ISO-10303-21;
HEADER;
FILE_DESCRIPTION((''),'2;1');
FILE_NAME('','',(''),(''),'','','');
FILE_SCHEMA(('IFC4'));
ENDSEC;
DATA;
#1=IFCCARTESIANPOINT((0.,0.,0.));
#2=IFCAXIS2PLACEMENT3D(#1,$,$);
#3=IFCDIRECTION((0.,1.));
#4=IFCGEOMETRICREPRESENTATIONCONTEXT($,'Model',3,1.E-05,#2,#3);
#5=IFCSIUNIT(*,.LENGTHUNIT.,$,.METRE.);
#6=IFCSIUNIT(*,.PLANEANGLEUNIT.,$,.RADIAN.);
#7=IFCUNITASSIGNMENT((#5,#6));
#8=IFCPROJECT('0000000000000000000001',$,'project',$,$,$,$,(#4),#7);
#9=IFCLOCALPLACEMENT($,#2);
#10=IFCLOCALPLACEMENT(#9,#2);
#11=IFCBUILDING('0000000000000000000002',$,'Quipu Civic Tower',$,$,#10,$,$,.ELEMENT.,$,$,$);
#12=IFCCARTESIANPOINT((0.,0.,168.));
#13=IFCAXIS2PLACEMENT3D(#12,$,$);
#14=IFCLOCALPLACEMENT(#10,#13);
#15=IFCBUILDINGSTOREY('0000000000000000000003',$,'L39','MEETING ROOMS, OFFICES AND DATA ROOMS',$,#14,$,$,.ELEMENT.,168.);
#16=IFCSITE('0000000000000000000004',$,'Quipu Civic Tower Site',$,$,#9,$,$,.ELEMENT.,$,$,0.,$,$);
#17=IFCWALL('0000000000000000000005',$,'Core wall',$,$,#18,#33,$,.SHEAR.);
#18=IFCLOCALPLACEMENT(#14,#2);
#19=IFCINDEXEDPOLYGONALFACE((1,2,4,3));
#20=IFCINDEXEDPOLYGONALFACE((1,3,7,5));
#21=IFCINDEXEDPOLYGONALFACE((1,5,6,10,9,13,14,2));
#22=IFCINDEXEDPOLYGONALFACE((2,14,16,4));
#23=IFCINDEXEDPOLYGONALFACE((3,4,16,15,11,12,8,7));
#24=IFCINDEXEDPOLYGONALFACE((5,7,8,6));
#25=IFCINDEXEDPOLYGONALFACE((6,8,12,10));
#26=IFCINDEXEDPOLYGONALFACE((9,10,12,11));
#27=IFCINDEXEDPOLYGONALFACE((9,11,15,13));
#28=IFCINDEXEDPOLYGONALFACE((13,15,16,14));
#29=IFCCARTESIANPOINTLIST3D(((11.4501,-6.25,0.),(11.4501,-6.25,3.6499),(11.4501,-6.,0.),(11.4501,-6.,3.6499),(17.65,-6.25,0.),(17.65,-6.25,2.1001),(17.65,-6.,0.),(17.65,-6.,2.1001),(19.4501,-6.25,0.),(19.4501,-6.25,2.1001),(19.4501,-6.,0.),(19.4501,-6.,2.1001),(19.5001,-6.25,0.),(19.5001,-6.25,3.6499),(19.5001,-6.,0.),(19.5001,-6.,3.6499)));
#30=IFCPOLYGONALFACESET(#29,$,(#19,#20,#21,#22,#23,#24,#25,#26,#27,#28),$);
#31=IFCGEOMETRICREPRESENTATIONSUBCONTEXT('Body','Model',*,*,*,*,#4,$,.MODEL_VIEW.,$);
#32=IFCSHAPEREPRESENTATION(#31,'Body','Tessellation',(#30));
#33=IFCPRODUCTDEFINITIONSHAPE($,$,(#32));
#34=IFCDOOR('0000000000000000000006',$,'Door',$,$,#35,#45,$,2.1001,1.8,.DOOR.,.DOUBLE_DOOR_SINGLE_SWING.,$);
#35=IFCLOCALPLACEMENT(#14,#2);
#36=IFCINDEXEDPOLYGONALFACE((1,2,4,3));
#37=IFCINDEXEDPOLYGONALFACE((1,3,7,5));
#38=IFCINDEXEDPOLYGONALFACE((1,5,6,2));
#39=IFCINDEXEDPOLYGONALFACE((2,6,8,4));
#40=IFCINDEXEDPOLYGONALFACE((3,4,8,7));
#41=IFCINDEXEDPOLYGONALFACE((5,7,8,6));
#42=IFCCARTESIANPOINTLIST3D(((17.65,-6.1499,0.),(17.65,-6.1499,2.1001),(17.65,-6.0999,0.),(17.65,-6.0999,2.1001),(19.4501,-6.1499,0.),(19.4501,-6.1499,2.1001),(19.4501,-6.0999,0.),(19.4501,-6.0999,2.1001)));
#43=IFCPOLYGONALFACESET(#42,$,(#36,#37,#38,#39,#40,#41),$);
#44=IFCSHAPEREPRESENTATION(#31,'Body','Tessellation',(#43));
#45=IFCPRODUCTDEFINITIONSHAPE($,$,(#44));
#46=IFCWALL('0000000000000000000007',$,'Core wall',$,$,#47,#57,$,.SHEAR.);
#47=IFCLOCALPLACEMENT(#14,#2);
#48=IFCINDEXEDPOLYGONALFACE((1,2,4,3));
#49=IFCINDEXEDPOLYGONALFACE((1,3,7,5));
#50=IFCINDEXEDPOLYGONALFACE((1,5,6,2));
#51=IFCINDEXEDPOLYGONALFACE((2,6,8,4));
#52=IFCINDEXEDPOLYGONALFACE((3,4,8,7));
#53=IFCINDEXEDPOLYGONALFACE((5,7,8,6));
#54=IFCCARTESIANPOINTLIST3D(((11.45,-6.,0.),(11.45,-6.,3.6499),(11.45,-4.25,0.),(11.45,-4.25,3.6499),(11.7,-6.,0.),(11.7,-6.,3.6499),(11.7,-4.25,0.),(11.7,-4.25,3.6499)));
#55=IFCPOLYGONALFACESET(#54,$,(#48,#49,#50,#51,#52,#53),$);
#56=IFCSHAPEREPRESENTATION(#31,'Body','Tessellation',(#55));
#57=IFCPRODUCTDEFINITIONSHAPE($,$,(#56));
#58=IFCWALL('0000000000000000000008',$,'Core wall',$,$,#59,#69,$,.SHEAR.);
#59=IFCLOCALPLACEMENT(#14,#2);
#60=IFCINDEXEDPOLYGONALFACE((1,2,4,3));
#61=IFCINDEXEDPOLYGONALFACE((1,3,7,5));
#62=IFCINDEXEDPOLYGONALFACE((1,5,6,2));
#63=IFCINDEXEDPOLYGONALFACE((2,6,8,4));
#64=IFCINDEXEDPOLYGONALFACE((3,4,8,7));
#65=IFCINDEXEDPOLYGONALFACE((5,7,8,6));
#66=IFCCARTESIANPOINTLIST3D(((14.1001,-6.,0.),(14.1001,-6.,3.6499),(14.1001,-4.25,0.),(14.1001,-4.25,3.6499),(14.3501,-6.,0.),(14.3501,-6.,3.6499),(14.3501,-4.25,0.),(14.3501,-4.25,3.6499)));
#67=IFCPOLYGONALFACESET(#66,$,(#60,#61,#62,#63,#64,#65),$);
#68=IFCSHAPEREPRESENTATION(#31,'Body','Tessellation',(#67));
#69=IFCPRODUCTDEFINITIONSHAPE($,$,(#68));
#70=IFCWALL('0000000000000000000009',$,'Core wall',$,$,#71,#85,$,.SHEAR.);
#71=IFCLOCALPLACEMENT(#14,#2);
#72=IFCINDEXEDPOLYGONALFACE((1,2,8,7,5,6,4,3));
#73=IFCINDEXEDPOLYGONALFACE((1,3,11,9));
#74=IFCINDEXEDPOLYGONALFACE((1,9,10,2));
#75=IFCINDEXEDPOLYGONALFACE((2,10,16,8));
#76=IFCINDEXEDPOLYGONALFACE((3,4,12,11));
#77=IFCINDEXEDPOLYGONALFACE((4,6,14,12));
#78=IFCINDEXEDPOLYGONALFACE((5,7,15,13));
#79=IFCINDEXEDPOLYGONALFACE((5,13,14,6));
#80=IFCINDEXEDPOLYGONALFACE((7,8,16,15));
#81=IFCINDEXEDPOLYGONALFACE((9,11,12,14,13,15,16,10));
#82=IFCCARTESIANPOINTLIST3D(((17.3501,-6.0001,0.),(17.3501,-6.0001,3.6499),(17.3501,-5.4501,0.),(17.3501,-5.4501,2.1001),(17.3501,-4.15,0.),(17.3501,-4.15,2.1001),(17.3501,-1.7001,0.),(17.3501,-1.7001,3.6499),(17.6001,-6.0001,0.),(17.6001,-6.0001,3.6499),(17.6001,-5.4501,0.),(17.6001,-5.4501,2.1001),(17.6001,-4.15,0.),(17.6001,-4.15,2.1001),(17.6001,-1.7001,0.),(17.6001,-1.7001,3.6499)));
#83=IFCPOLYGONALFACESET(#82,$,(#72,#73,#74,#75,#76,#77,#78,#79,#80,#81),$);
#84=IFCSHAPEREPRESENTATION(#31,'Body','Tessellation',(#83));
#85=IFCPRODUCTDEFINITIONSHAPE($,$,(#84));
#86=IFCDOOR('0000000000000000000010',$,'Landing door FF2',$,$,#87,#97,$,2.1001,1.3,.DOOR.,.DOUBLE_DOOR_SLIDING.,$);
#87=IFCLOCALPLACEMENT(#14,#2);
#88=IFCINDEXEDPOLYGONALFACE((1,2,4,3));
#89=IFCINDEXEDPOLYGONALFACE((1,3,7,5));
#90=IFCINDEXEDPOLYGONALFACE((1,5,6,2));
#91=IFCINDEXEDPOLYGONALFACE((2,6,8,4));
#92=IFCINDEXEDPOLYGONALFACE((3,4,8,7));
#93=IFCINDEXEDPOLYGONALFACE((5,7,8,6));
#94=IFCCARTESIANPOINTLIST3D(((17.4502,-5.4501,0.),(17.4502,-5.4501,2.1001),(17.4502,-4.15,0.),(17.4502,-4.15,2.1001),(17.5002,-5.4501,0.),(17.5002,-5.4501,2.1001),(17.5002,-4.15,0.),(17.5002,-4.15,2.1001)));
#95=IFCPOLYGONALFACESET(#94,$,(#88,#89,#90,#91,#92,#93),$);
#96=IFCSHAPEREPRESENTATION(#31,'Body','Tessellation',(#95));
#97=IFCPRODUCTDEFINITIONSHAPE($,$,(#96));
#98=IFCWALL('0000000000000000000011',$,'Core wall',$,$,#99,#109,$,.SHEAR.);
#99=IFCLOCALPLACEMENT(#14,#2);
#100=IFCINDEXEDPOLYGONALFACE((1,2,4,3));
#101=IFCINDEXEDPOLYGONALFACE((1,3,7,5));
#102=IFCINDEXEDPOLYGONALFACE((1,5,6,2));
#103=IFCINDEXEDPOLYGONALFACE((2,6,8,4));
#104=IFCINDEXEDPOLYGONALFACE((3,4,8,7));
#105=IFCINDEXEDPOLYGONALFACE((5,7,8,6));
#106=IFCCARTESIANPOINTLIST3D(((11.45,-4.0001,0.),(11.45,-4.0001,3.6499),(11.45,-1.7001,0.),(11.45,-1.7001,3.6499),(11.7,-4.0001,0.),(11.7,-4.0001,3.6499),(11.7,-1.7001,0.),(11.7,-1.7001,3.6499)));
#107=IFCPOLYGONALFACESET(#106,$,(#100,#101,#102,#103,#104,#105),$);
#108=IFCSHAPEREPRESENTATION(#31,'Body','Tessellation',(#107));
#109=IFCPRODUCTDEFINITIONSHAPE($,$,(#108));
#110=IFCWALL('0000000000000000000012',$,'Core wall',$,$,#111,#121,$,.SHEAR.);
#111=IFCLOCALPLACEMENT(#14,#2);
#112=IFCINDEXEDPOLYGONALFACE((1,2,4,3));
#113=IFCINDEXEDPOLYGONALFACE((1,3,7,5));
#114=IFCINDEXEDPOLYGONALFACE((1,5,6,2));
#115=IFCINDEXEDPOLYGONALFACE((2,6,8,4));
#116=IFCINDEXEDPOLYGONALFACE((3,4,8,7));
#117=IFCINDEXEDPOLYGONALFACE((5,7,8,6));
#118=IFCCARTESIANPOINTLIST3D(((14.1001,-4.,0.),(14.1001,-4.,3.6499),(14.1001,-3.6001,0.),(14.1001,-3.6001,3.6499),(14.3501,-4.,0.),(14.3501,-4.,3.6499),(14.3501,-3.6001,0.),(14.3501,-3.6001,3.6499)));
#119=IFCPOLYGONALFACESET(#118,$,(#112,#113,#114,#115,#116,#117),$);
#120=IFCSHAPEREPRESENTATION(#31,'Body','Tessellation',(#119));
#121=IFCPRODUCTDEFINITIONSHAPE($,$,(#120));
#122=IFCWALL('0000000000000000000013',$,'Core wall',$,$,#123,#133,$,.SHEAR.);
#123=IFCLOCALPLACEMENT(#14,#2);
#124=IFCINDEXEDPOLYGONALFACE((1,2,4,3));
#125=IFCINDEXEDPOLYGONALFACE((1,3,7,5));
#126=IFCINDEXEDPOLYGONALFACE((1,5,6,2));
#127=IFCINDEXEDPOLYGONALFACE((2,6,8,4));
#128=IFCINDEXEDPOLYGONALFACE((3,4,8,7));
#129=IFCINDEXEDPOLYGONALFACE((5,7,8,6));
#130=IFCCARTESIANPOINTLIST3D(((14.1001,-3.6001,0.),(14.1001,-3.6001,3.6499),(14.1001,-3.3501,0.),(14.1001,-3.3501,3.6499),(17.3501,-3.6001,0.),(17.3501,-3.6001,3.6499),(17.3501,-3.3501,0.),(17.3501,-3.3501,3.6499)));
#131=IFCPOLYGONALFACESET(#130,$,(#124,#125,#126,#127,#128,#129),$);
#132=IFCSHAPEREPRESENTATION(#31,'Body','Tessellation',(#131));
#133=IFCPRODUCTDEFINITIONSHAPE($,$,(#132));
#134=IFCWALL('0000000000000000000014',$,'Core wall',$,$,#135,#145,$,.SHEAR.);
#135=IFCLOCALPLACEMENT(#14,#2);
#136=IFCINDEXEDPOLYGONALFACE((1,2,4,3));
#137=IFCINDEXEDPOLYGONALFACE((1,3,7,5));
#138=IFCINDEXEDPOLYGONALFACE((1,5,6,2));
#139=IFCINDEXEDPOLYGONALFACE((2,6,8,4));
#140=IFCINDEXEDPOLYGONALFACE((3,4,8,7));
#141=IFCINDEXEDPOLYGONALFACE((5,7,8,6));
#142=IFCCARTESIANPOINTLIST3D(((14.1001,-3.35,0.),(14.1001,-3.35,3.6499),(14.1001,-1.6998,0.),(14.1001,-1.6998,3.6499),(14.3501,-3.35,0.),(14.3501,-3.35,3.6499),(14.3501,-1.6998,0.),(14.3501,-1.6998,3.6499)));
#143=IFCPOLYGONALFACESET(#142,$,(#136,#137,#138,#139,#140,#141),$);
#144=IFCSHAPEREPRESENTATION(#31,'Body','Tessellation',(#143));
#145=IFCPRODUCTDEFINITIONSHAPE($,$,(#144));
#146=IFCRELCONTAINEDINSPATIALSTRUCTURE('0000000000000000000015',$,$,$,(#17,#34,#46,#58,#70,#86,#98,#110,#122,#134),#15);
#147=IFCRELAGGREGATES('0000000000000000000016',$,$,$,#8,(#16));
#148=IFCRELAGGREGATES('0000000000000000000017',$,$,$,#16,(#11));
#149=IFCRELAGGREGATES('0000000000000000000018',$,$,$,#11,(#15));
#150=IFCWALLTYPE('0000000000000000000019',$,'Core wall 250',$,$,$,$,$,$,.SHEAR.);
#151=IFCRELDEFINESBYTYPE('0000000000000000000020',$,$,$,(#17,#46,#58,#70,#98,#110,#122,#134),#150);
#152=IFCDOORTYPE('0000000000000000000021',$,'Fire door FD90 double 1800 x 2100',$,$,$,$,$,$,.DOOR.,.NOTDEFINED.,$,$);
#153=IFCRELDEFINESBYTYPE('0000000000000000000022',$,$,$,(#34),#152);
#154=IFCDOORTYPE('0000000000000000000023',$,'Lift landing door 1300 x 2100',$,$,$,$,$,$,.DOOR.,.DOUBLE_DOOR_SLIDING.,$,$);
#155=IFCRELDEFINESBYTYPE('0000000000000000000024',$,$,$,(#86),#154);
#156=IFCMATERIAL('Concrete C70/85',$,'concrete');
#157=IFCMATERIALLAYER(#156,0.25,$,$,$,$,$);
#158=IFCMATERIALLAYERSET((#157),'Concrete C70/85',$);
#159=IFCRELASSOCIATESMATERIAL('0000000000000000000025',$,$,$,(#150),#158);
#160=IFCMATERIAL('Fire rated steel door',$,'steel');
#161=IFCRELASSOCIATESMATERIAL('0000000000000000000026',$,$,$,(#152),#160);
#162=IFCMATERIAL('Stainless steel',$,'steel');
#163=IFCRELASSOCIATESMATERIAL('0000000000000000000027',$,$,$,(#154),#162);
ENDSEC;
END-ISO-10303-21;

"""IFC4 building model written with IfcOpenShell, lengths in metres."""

from ifc_helpers import new_model, si_unit, direction, frame, frame_2d, origin, place, context, subcontext, project, spatial, rectangle, extrude, material, layer, layer_set, type_object, element, fill, save


model = new_model("IFC4")

# Units and contexts
model_context = context("Model", 3, precision=1e-05, world=origin(), true_north=direction((0.0, 1.0)))
body_context = subcontext(model_context, "Body", "Model", "MODEL_VIEW")
ifc_project = project(units=[si_unit("LENGTHUNIT", "METRE"), si_unit("PLANEANGLEUNIT", "RADIAN")], contexts=[model_context])

# Site, building, storey
site_placement = place(None, origin())
site = spatial("IfcSite", under=ifc_project, at=site_placement, Name="Quipu Civic Tower Site", CompositionType="ELEMENT", RefElevation=0.0)
building_placement = place(site_placement, origin())
building = spatial("IfcBuilding", under=site, at=building_placement, Name="Quipu Civic Tower", CompositionType="ELEMENT")
storey_placement = place(building_placement, frame((0.0, 0.0, 168.0)))
storey = spatial("IfcBuildingStorey", under=building, at=storey_placement, Name="L39", Description="MEETING ROOMS, OFFICES AND DATA ROOMS", CompositionType="ELEMENT", Elevation=168.0)

# Wall, opening, door
ifc_material_1 = material(Name="Concrete C70/85", Category="concrete")
ifc_layer_1 = layer(ifc_material_1, 0.25)
ifc_layer_set_1 = layer_set([ifc_layer_1], Name="Concrete C70/85")
wall_type_1 = type_object("IfcWallType", Name="Core wall 250", PredefinedType="SHEAR", material=ifc_layer_set_1)
wall_1_placement = place(storey_placement, frame((19.5, -6.125, 0.0), z_axis=(0.0, 0.0, 1.0), x_axis=(-1.0, 0.0, 0.0)))
wall_1 = element("IfcWall", 1, at=wall_1_placement, inside=storey, type_object=wall_type_1, Name="Core wall", PredefinedType="SHEAR", context=body_context, shape_type="SweptSolid", body=[
    extrude(rectangle(XDim=8.05, YDim=0.25, at=frame_2d((4.0249, 0.0))), origin(), (0.0, 0.0, 1.0), 3.6499),
])
opening_1_placement = place(wall_1_placement, frame((0.05, 0.0, 0.0)))
opening_1 = element("IfcOpeningElement", 2, at=opening_1_placement, cuts=wall_1, PredefinedType="OPENING", context=body_context, shape_type="SweptSolid", body=[
    extrude(rectangle(XDim=1.8, YDim=2.1001, at=frame_2d((0.8999, 1.05))), frame((0.0, 0.135, 0.0), z_axis=(0.0, -1.0, 0.0), x_axis=(1.0, 0.0, 0.0)), (0.0, 0.0, 1.0), 0.27),
])
ifc_material_2 = material(Name="Fire rated steel door", Category="steel")
door_type_1 = type_object("IfcDoorType", Name="Fire door FD90 double 1800 x 2100", OperationType="NOTDEFINED", PredefinedType="DOOR", material=ifc_material_2)
door_1_placement = place(opening_1_placement, origin())
door_1 = element("IfcDoor", 3, at=door_1_placement, inside=storey, type_object=door_type_1, Name="Door", OperationType="DOUBLE_DOOR_SINGLE_SWING", OverallHeight=2.1001, OverallWidth=1.8, PredefinedType="DOOR", context=body_context, shape_type="SweptSolid", body=[
    extrude(rectangle(XDim=1.8, YDim=2.1001, at=frame_2d((0.8999, 1.05))), frame((0.0, 0.0249, 0.0), z_axis=(0.0, -1.0, 0.0), x_axis=(1.0, 0.0, 0.0)), (0.0, 0.0, 1.0), 0.05),
])
fill(opening_1, door_1)

# Walls
for number, where, z_axis, x_axis, name in (
    (4, (11.575, -6.0, 0.0), (0.0, 0.0, 1.0), (0.0, 1.0, 0.0), "Core wall"),
    (5, (14.2251, -6.0, 0.0), (0.0, 0.0, 1.0), (0.0, 1.0, 0.0), "Core wall"),
):
    element("IfcWall", number, at=place(storey_placement, frame(where, z_axis=z_axis, x_axis=x_axis)), inside=storey, type_object=wall_type_1, Name=name, PredefinedType="SHEAR", context=body_context, shape_type="SweptSolid", body=[
        extrude(rectangle(XDim=1.75, YDim=0.25, at=frame_2d((0.875, 0.0))), origin(), (0.0, 0.0, 1.0), 3.6499),
    ])

# Wall, opening, door
wall_2_placement = place(storey_placement, frame((17.4751, -6.0, 0.0), z_axis=(0.0, 0.0, 1.0), x_axis=(0.0, 1.0, 0.0)))
wall_2 = element("IfcWall", 6, at=wall_2_placement, inside=storey, type_object=wall_type_1, Name="Core wall", PredefinedType="SHEAR", context=body_context, shape_type="SweptSolid", body=[
    extrude(rectangle(XDim=4.3, YDim=0.25, at=frame_2d((2.1499, 0.0))), origin(), (0.0, 0.0, 1.0), 3.6499),
])
opening_2_placement = place(wall_2_placement, frame((0.55, 0.0, 0.0)))
opening_2 = element("IfcOpeningElement", 7, at=opening_2_placement, cuts=wall_2, PredefinedType="OPENING", context=body_context, shape_type="SweptSolid", body=[
    extrude(rectangle(XDim=1.3, YDim=2.1001, at=frame_2d((0.6499, 1.05))), frame((0.0, 0.135, 0.0), z_axis=(0.0, -1.0, 0.0), x_axis=(1.0, 0.0, 0.0)), (0.0, 0.0, 1.0), 0.27),
])
ifc_material_3 = material(Name="Stainless steel", Category="steel")
door_type_2 = type_object("IfcDoorType", Name="Lift landing door 1300 x 2100", OperationType="DOUBLE_DOOR_SLIDING", PredefinedType="DOOR", material=ifc_material_3)
door_2_placement = place(opening_2_placement, origin())
door_2 = element("IfcDoor", 8, at=door_2_placement, inside=storey, type_object=door_type_2, Name="Landing door FF2", OperationType="DOUBLE_DOOR_SLIDING", OverallHeight=2.1001, OverallWidth=1.3, PredefinedType="DOOR", context=body_context, shape_type="SweptSolid", body=[
    extrude(rectangle(XDim=1.3, YDim=2.1001, at=frame_2d((0.6499, 1.05))), frame((0.0, 0.0249, 0.0), z_axis=(0.0, -1.0, 0.0), x_axis=(1.0, 0.0, 0.0)), (0.0, 0.0, 1.0), 0.05),
])
fill(opening_2, door_2)

# Walls
wall_3_placement = place(storey_placement, frame((11.575, -4.0, 0.0), z_axis=(0.0, 0.0, 1.0), x_axis=(0.0, 1.0, 0.0)))
element("IfcWall", 9, at=wall_3_placement, inside=storey, type_object=wall_type_1, Name="Core wall", PredefinedType="SHEAR", context=body_context, shape_type="SweptSolid", body=[
    extrude(rectangle(XDim=2.3, YDim=0.25, at=frame_2d((1.1499, 0.0))), origin(), (0.0, 0.0, 1.0), 3.6499),
])
wall_4_placement = place(storey_placement, frame((14.2251, -4.0, 0.0), z_axis=(0.0, 0.0, 1.0), x_axis=(0.0, 1.0, 0.0)))
element("IfcWall", 10, at=wall_4_placement, inside=storey, type_object=wall_type_1, Name="Core wall", PredefinedType="SHEAR", context=body_context, shape_type="SweptSolid", body=[
    extrude(rectangle(XDim=0.3999, YDim=0.25, at=frame_2d((0.2, 0.0))), origin(), (0.0, 0.0, 1.0), 3.6499),
])
wall_5_placement = place(storey_placement, frame((14.1001, -3.4751, 0.0), z_axis=(0.0, 0.0, 1.0), x_axis=(1.0, 0.0, 0.0)))
element("IfcWall", 11, at=wall_5_placement, inside=storey, type_object=wall_type_1, Name="Core wall", PredefinedType="SHEAR", context=body_context, shape_type="SweptSolid", body=[
    extrude(rectangle(XDim=3.25, YDim=0.25, at=frame_2d((1.625, 0.0))), origin(), (0.0, 0.0, 1.0), 3.6499),
])
wall_6_placement = place(storey_placement, frame((14.2251, -3.3501, 0.0), z_axis=(0.0, 0.0, 1.0), x_axis=(0.0, 1.0, 0.0)))
element("IfcWall", 12, at=wall_6_placement, inside=storey, type_object=wall_type_1, Name="Core wall", PredefinedType="SHEAR", context=body_context, shape_type="SweptSolid", body=[
    extrude(rectangle(XDim=1.6501, YDim=0.25, at=frame_2d((0.8252, 0.0))), origin(), (0.0, 0.0, 1.0), 3.6499),
])

save(model, "model.ifc")
